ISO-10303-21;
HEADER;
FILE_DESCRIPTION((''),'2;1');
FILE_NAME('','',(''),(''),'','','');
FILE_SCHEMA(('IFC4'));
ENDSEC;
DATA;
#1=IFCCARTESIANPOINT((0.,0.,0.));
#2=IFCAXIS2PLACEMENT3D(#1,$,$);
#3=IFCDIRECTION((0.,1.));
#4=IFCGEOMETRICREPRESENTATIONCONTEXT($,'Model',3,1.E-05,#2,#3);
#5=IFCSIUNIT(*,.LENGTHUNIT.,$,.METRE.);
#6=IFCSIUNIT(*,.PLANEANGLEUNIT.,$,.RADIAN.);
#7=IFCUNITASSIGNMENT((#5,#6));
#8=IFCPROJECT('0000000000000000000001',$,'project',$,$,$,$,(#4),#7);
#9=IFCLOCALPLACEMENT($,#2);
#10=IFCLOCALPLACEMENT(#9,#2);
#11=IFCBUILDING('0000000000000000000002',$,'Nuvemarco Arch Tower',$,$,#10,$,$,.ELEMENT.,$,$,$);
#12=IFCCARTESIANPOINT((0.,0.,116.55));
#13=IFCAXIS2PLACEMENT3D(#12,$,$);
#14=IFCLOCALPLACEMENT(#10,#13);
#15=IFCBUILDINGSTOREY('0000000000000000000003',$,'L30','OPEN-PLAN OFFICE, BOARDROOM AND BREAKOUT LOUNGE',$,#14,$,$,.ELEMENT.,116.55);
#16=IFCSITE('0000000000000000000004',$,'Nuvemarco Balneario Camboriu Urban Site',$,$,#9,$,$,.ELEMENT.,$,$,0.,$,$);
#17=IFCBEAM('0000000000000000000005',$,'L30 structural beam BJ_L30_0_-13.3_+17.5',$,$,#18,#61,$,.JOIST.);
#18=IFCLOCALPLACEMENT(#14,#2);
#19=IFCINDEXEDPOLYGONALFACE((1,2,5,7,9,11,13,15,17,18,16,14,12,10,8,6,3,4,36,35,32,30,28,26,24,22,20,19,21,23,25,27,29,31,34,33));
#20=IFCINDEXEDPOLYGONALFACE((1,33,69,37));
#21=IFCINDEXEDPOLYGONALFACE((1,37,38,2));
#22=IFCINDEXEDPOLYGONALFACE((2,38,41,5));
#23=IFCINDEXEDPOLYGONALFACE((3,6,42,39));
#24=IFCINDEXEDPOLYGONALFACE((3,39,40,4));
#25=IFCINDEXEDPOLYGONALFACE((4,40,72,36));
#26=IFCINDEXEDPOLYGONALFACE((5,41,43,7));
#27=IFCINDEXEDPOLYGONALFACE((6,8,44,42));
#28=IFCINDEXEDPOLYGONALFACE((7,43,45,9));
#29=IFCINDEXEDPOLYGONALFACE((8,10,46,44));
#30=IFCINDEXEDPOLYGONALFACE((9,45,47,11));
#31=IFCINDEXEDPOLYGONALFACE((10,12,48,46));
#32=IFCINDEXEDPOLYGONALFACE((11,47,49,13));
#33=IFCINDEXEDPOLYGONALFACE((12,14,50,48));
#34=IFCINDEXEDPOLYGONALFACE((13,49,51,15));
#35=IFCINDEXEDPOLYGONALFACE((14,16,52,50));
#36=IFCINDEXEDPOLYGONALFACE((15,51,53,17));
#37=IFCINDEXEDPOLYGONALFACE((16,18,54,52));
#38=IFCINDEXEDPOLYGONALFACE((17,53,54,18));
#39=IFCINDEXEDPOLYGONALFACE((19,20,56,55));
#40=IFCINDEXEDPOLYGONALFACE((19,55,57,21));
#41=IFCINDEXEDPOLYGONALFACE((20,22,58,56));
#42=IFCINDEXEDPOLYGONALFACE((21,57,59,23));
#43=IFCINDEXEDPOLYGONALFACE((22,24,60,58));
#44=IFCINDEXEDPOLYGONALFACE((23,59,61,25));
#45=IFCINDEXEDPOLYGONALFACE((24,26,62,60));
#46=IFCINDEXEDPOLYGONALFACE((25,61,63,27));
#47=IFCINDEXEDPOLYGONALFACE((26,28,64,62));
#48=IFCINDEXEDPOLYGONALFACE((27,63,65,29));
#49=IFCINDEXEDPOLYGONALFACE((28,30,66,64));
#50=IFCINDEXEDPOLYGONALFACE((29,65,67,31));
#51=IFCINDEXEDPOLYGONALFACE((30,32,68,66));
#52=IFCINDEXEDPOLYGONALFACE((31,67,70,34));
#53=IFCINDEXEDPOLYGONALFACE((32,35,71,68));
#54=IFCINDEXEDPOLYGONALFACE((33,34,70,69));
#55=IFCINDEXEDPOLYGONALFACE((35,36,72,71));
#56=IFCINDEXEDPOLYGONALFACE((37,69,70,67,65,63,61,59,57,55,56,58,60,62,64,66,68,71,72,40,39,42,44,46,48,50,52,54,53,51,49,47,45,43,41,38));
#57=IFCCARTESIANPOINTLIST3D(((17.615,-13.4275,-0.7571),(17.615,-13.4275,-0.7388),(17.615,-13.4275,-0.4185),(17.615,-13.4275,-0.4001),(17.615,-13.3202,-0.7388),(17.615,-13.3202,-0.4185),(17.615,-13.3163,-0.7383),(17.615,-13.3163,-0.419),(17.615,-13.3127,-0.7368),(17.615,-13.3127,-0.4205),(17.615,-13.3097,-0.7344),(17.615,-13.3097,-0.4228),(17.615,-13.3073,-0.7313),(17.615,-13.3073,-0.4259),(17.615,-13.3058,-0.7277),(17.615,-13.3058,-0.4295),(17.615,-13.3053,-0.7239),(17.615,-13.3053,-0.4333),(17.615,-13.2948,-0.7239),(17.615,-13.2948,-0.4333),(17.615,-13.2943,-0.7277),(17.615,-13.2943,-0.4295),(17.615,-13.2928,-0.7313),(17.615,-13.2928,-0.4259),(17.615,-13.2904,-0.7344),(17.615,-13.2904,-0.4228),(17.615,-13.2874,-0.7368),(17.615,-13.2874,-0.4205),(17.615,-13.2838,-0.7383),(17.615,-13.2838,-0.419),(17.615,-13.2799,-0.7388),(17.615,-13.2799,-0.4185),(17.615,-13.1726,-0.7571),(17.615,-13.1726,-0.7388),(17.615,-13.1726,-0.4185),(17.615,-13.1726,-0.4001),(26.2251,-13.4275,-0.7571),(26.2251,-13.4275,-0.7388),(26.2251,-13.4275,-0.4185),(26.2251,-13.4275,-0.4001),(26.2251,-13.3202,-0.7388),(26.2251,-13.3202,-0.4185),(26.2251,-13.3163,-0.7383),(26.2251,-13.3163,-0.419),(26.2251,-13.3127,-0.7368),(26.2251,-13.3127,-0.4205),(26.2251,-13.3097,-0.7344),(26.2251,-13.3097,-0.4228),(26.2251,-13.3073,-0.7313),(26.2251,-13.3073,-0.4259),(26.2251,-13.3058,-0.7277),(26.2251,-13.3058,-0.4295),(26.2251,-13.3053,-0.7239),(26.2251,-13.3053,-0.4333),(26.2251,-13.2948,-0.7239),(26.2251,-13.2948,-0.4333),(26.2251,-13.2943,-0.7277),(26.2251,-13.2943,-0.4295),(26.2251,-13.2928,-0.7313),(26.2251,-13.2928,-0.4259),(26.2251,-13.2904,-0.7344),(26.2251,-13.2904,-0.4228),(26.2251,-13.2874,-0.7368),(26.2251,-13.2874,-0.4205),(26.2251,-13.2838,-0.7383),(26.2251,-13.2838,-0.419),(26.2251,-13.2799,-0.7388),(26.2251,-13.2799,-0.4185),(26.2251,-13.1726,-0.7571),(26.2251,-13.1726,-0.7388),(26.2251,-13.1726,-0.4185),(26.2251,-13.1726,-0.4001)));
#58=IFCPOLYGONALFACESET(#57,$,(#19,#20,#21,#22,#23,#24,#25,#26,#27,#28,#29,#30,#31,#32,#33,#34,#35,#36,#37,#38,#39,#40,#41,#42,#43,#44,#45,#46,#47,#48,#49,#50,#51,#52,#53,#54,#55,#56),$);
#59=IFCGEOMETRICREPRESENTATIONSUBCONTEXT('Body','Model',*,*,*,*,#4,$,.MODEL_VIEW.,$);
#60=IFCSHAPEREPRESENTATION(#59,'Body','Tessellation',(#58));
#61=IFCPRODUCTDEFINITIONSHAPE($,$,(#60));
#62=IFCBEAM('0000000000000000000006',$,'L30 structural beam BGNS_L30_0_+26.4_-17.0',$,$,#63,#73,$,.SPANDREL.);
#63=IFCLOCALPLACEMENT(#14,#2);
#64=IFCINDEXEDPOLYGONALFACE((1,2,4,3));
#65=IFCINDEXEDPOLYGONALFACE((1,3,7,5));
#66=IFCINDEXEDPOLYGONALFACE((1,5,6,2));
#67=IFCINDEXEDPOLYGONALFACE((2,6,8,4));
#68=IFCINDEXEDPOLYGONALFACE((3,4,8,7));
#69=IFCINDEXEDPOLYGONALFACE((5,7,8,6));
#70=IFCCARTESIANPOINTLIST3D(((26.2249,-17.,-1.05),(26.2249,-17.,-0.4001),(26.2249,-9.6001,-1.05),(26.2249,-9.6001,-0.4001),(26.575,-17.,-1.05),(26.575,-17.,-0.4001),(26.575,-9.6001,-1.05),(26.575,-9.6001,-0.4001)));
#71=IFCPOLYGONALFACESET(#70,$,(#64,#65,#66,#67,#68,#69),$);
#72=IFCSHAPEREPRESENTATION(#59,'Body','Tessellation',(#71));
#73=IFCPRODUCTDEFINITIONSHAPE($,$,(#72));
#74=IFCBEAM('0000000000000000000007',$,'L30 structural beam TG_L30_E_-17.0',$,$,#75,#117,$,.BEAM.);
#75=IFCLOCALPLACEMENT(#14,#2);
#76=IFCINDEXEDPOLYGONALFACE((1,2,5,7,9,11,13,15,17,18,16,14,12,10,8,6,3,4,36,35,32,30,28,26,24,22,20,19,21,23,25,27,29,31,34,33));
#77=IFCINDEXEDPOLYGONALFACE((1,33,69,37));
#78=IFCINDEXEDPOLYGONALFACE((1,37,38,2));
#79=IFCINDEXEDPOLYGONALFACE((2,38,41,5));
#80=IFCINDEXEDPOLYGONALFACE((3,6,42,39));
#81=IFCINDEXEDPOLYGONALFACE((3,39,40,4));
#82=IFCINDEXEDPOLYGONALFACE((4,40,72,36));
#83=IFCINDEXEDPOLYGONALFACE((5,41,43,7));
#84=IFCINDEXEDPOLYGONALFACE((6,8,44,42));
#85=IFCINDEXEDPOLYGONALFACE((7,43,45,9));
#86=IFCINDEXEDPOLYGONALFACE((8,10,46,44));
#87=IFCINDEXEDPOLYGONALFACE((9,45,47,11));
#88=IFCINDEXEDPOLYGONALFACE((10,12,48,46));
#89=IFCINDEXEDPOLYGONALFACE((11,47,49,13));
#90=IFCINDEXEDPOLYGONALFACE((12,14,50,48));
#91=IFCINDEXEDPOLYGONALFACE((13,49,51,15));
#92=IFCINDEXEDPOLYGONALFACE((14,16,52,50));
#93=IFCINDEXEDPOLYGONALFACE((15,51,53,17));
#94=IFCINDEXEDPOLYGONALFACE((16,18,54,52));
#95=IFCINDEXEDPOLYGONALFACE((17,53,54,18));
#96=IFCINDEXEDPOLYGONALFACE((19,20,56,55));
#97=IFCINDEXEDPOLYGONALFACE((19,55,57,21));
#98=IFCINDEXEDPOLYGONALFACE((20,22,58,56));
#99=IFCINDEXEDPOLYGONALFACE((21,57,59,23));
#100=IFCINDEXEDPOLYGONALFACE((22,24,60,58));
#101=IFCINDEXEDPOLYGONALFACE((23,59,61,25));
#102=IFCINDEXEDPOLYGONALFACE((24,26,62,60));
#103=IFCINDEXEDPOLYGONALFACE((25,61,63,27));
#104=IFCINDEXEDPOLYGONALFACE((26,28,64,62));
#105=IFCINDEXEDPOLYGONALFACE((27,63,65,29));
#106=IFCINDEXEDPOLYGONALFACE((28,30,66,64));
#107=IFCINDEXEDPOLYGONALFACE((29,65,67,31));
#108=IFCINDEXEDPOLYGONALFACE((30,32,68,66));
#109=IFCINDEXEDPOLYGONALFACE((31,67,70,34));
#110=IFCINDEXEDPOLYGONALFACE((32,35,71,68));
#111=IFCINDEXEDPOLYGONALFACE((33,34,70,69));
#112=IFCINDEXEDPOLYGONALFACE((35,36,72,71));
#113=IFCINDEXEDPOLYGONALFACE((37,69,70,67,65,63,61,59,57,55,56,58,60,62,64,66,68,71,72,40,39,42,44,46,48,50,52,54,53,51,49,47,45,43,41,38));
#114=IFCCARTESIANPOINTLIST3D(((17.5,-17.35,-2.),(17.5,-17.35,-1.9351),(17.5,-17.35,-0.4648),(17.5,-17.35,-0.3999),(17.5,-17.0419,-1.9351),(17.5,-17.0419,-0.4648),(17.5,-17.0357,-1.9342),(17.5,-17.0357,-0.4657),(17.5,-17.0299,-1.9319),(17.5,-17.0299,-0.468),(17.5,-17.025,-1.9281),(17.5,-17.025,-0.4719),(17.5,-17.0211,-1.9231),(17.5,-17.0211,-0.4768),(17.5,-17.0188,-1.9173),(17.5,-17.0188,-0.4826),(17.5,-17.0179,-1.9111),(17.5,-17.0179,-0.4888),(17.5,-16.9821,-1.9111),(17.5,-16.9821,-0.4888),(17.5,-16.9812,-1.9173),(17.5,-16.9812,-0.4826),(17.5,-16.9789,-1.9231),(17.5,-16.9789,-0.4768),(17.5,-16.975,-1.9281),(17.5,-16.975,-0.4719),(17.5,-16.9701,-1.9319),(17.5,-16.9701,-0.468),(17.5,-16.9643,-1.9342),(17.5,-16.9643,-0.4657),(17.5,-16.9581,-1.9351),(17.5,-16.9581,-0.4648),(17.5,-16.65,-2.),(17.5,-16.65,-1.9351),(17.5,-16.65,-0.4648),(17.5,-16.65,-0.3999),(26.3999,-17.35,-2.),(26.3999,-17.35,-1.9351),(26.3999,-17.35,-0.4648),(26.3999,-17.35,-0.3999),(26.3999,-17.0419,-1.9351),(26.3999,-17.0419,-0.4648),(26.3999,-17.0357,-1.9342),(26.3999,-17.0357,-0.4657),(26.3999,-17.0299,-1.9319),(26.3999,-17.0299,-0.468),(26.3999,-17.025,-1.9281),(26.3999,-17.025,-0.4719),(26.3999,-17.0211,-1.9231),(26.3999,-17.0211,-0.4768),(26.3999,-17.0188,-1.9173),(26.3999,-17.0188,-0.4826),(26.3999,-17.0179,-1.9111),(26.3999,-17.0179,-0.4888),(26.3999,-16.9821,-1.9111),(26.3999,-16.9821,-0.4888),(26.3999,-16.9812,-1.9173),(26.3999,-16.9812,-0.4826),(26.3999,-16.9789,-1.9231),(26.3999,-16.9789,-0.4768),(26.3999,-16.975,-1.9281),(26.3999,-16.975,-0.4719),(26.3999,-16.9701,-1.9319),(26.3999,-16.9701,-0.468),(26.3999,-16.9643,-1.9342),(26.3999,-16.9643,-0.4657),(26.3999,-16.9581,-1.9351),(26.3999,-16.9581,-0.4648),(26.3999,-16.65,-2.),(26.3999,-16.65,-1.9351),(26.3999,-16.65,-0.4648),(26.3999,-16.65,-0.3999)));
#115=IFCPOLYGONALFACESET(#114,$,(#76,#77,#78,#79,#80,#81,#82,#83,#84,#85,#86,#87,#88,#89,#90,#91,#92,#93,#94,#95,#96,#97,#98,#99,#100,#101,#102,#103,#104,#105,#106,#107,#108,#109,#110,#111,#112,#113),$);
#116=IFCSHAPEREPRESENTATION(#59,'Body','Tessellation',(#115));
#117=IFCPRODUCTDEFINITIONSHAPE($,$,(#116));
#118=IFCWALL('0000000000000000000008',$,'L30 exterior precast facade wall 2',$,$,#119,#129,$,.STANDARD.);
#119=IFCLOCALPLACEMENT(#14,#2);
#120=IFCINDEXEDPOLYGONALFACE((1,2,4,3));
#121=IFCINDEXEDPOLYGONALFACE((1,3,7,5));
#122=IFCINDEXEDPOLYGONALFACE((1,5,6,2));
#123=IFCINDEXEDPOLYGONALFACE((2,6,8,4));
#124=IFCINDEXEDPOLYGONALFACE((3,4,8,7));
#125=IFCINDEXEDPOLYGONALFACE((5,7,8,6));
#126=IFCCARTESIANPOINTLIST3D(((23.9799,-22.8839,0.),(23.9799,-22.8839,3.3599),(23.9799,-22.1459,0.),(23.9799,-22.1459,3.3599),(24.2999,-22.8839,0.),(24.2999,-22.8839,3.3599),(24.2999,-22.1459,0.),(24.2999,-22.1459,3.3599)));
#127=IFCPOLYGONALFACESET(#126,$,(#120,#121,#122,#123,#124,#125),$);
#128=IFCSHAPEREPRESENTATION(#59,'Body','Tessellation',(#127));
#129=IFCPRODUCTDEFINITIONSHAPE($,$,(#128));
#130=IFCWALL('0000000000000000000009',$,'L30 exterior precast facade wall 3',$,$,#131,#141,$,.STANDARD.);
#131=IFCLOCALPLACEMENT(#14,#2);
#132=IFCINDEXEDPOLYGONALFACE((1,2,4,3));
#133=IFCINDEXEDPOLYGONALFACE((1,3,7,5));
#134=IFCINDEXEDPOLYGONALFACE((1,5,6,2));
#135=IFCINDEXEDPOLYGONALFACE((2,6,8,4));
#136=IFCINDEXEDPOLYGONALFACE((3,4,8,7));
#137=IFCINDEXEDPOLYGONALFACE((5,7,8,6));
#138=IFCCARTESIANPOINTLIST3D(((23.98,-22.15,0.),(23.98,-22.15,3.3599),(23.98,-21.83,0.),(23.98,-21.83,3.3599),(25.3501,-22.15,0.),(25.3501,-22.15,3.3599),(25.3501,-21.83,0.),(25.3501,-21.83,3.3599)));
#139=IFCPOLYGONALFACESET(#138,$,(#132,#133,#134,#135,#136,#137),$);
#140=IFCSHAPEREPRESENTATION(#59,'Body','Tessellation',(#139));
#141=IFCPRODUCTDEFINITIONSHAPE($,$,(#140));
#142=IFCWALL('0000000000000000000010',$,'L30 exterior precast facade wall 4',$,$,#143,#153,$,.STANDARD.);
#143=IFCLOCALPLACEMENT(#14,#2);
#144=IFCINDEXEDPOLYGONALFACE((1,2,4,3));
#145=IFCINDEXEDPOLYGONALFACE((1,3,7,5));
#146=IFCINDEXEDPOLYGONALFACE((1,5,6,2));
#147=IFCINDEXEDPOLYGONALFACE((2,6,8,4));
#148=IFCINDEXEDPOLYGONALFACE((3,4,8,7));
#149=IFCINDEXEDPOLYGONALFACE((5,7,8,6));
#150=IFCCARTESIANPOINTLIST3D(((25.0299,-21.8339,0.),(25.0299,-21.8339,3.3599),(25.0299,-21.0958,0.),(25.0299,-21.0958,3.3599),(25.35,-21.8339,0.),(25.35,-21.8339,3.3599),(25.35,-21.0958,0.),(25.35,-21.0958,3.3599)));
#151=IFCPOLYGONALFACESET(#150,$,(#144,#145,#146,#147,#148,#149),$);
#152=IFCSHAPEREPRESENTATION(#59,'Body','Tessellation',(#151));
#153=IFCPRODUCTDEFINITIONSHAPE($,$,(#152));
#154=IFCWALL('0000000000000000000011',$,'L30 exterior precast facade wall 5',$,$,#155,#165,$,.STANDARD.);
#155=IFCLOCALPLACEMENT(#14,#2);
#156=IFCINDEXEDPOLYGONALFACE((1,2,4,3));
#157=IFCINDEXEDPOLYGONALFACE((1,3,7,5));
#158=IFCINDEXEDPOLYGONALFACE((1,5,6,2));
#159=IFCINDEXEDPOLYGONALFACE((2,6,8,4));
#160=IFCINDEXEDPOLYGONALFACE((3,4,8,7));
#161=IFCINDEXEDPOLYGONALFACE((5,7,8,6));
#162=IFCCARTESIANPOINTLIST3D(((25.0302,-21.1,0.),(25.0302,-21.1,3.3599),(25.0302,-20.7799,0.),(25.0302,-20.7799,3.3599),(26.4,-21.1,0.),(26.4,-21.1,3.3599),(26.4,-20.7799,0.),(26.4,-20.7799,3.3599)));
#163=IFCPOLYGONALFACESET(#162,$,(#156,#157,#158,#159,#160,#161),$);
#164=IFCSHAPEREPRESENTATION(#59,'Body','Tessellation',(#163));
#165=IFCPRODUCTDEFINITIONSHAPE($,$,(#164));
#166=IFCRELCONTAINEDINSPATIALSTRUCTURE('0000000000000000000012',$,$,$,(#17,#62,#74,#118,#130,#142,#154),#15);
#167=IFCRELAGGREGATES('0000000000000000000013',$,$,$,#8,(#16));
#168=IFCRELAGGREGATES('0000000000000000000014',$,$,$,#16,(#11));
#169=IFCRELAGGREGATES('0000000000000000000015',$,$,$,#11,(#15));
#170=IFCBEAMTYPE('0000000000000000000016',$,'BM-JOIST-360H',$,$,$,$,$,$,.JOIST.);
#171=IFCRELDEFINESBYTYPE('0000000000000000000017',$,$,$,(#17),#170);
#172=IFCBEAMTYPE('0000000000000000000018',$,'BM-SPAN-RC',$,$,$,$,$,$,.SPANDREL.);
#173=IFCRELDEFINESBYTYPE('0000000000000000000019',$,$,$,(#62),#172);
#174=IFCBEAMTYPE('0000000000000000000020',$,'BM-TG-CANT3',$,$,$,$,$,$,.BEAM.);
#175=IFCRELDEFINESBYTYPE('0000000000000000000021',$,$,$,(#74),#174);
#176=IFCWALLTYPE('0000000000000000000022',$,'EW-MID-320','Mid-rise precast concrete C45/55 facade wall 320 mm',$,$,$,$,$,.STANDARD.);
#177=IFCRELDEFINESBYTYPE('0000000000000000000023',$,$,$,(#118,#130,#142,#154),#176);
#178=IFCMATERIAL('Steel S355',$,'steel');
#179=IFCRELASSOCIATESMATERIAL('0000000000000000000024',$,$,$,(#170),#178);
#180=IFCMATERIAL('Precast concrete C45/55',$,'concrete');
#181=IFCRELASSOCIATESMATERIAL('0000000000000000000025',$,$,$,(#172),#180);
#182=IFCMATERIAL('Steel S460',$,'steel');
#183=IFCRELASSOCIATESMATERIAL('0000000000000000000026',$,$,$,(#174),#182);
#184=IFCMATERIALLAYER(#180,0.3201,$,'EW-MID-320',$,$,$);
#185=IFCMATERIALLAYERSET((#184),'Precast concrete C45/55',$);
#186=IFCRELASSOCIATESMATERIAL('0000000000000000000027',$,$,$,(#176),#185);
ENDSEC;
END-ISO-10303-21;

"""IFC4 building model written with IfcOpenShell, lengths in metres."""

from ifc_helpers import new_model, si_unit, direction, frame, frame_2d, origin, origin_2d, place, context, subcontext, project, spatial, rectangle, i_section, extrude, material, layer, layer_set, material_profile, profile_set, type_object, element, save


model = new_model("IFC4")

# Units and contexts
model_context = context("Model", 3, precision=1e-05, world=origin(), true_north=direction((0.0, 1.0)))
body_context = subcontext(model_context, "Body", "Model", "MODEL_VIEW")
ifc_project = project(units=[si_unit("LENGTHUNIT", "METRE"), si_unit("PLANEANGLEUNIT", "RADIAN")], contexts=[model_context])

# Site, building, storey
site_placement = place(None, origin())
site = spatial("IfcSite", under=ifc_project, at=site_placement, Name="Nuvemarco Balneario Camboriu Urban Site", CompositionType="ELEMENT", RefElevation=0.0)
building_placement = place(site_placement, origin())
building = spatial("IfcBuilding", under=site, at=building_placement, Name="Nuvemarco Arch Tower", CompositionType="ELEMENT")
storey_placement = place(building_placement, frame((0.0, 0.0, 116.55)))
storey = spatial("IfcBuildingStorey", under=building, at=storey_placement, Name="L30", Description="OPEN-PLAN OFFICE, BOARDROOM AND BREAKOUT LOUNGE", CompositionType="ELEMENT", Elevation=116.55)

# Shared definitions
ifc_material_1 = material(Name="Steel S355", Category="steel")

# Beams
ifc_material_profile_1 = material_profile(ifc_material_1, i_section(OverallWidth=0.2549, OverallDepth=0.3569, WebThickness=0.0105, FlangeThickness=0.0183, FilletRadius=0.0149, at=origin_2d()), Name="W360x101")
ifc_profile_set_1 = profile_set([ifc_material_profile_1], Name="Steel S355")
beam_type_1 = type_object("IfcBeamType", Name="BM-JOIST-360H", PredefinedType="JOIST", material=ifc_profile_set_1)
beam_1_placement = place(storey_placement, frame((17.615, -13.3, -0.5786), z_axis=(1.0, 0.0, 0.0), x_axis=(0.0, 1.0, 0.0)))
element("IfcBeam", 1, at=beam_1_placement, inside=storey, type_object=beam_type_1, Name="L30 structural beam BJ_L30_0_-13.3_+17.5", PredefinedType="JOIST", context=body_context, shape_type="SweptSolid", body=[
    extrude(i_section(OverallWidth=0.2549, OverallDepth=0.3569, WebThickness=0.0105, FlangeThickness=0.0183, FilletRadius=0.0149, at=origin_2d()), origin(), (0.0, 0.0, 1.0), 8.6101),
])
ifc_material_2 = material(Name="Precast concrete C45/55", Category="concrete")
ifc_material_profile_2 = material_profile(ifc_material_2, rectangle(XDim=0.3501, YDim=0.6499, at=origin_2d()), Name="PC-SP-350x650")
ifc_profile_set_2 = profile_set([ifc_material_profile_2], Name="Precast concrete C45/55")
beam_type_2 = type_object("IfcBeamType", Name="BM-SPAN-RC", PredefinedType="SPANDREL", material=ifc_profile_set_2)
beam_2_placement = place(storey_placement, frame((26.3999, -17.0, -0.7251), z_axis=(0.0, 1.0, 0.0), x_axis=(-1.0, 0.0, 0.0)))
element("IfcBeam", 2, at=beam_2_placement, inside=storey, type_object=beam_type_2, Name="L30 structural beam BGNS_L30_0_+26.4_-17.0", PredefinedType="SPANDREL", context=body_context, shape_type="SweptSolid", body=[
    extrude(rectangle(XDim=0.3501, YDim=0.6499, at=origin_2d()), origin(), (0.0, 0.0, 1.0), 7.3999),
])
ifc_material_3 = material(Name="Steel S460", Category="steel")
ifc_material_profile_3 = material_profile(ifc_material_3, i_section(OverallWidth=0.7, OverallDepth=1.6001, WebThickness=0.0359, FlangeThickness=0.0649, FilletRadius=0.0239, at=origin_2d()), Name="PG1600x700")
ifc_profile_set_3 = profile_set([ifc_material_profile_3], Name="Steel S460")
beam_type_3 = type_object("IfcBeamType", Name="BM-TG-CANT3", PredefinedType="BEAM", material=ifc_profile_set_3)
beam_3_placement = place(storey_placement, frame((17.5, -17.0, -1.2), z_axis=(1.0, 0.0, 0.0), x_axis=(0.0, 1.0, 0.0)))
element("IfcBeam", 3, at=beam_3_placement, inside=storey, type_object=beam_type_3, Name="L30 structural beam TG_L30_E_-17.0", PredefinedType="BEAM", context=body_context, shape_type="SweptSolid", body=[
    extrude(i_section(OverallWidth=0.7, OverallDepth=1.6001, WebThickness=0.0359, FlangeThickness=0.0649, FilletRadius=0.0239, at=origin_2d()), origin(), (0.0, 0.0, 1.0), 8.8999),
])

# Walls
ifc_layer_1 = layer(ifc_material_2, 0.3201, Name="EW-MID-320")
ifc_layer_set_1 = layer_set([ifc_layer_1], Name="Precast concrete C45/55")
wall_type_1 = type_object("IfcWallType", Name="EW-MID-320", Description="Mid-rise precast concrete C45/55 facade wall 320 mm", PredefinedType="STANDARD", material=ifc_layer_set_1)
wall_1_placement = place(storey_placement, frame((24.1399, -22.884, 0.0), z_axis=(0.0, 0.0, 1.0), x_axis=(0.0, 1.0, 0.0)))
element("IfcWall", 4, at=wall_1_placement, inside=storey, type_object=wall_type_1, Name="L30 exterior precast facade wall 2", PredefinedType="STANDARD", context=body_context, shape_type="SweptSolid", body=[
    extrude(rectangle(XDim=0.738, YDim=0.3201, at=frame_2d((0.3691, 0.0))), origin(), (0.0, 0.0, 1.0), 3.3599),
])
wall_2_placement = place(storey_placement, frame((23.98, -21.99, 0.0), z_axis=(0.0, 0.0, 1.0), x_axis=(1.0, 0.0, 0.0)))
element("IfcWall", 5, at=wall_2_placement, inside=storey, type_object=wall_type_1, Name="L30 exterior precast facade wall 3", PredefinedType="STANDARD", context=body_context, shape_type="SweptSolid", body=[
    extrude(rectangle(XDim=1.3701, YDim=0.3201, at=frame_2d((0.6851, 0.0))), origin(), (0.0, 0.0, 1.0), 3.3599),
])
wall_3_placement = place(storey_placement, frame((25.1899, -21.834, 0.0), z_axis=(0.0, 0.0, 1.0), x_axis=(0.0, 1.0, 0.0)))
element("IfcWall", 6, at=wall_3_placement, inside=storey, type_object=wall_type_1, Name="L30 exterior precast facade wall 4", PredefinedType="STANDARD", context=body_context, shape_type="SweptSolid", body=[
    extrude(rectangle(XDim=0.738, YDim=0.3201, at=frame_2d((0.3691, 0.0))), origin(), (0.0, 0.0, 1.0), 3.3599),
])
wall_4_placement = place(storey_placement, frame((25.03, -20.9399, 0.0), z_axis=(0.0, 0.0, 1.0), x_axis=(1.0, 0.0, 0.0)))
element("IfcWall", 7, at=wall_4_placement, inside=storey, type_object=wall_type_1, Name="L30 exterior precast facade wall 5", PredefinedType="STANDARD", context=body_context, shape_type="SweptSolid", body=[
    extrude(rectangle(XDim=1.3699, YDim=0.3201, at=frame_2d((0.6851, 0.0))), origin(), (0.0, 0.0, 1.0), 3.3599),
])

save(model, "model.ifc")
